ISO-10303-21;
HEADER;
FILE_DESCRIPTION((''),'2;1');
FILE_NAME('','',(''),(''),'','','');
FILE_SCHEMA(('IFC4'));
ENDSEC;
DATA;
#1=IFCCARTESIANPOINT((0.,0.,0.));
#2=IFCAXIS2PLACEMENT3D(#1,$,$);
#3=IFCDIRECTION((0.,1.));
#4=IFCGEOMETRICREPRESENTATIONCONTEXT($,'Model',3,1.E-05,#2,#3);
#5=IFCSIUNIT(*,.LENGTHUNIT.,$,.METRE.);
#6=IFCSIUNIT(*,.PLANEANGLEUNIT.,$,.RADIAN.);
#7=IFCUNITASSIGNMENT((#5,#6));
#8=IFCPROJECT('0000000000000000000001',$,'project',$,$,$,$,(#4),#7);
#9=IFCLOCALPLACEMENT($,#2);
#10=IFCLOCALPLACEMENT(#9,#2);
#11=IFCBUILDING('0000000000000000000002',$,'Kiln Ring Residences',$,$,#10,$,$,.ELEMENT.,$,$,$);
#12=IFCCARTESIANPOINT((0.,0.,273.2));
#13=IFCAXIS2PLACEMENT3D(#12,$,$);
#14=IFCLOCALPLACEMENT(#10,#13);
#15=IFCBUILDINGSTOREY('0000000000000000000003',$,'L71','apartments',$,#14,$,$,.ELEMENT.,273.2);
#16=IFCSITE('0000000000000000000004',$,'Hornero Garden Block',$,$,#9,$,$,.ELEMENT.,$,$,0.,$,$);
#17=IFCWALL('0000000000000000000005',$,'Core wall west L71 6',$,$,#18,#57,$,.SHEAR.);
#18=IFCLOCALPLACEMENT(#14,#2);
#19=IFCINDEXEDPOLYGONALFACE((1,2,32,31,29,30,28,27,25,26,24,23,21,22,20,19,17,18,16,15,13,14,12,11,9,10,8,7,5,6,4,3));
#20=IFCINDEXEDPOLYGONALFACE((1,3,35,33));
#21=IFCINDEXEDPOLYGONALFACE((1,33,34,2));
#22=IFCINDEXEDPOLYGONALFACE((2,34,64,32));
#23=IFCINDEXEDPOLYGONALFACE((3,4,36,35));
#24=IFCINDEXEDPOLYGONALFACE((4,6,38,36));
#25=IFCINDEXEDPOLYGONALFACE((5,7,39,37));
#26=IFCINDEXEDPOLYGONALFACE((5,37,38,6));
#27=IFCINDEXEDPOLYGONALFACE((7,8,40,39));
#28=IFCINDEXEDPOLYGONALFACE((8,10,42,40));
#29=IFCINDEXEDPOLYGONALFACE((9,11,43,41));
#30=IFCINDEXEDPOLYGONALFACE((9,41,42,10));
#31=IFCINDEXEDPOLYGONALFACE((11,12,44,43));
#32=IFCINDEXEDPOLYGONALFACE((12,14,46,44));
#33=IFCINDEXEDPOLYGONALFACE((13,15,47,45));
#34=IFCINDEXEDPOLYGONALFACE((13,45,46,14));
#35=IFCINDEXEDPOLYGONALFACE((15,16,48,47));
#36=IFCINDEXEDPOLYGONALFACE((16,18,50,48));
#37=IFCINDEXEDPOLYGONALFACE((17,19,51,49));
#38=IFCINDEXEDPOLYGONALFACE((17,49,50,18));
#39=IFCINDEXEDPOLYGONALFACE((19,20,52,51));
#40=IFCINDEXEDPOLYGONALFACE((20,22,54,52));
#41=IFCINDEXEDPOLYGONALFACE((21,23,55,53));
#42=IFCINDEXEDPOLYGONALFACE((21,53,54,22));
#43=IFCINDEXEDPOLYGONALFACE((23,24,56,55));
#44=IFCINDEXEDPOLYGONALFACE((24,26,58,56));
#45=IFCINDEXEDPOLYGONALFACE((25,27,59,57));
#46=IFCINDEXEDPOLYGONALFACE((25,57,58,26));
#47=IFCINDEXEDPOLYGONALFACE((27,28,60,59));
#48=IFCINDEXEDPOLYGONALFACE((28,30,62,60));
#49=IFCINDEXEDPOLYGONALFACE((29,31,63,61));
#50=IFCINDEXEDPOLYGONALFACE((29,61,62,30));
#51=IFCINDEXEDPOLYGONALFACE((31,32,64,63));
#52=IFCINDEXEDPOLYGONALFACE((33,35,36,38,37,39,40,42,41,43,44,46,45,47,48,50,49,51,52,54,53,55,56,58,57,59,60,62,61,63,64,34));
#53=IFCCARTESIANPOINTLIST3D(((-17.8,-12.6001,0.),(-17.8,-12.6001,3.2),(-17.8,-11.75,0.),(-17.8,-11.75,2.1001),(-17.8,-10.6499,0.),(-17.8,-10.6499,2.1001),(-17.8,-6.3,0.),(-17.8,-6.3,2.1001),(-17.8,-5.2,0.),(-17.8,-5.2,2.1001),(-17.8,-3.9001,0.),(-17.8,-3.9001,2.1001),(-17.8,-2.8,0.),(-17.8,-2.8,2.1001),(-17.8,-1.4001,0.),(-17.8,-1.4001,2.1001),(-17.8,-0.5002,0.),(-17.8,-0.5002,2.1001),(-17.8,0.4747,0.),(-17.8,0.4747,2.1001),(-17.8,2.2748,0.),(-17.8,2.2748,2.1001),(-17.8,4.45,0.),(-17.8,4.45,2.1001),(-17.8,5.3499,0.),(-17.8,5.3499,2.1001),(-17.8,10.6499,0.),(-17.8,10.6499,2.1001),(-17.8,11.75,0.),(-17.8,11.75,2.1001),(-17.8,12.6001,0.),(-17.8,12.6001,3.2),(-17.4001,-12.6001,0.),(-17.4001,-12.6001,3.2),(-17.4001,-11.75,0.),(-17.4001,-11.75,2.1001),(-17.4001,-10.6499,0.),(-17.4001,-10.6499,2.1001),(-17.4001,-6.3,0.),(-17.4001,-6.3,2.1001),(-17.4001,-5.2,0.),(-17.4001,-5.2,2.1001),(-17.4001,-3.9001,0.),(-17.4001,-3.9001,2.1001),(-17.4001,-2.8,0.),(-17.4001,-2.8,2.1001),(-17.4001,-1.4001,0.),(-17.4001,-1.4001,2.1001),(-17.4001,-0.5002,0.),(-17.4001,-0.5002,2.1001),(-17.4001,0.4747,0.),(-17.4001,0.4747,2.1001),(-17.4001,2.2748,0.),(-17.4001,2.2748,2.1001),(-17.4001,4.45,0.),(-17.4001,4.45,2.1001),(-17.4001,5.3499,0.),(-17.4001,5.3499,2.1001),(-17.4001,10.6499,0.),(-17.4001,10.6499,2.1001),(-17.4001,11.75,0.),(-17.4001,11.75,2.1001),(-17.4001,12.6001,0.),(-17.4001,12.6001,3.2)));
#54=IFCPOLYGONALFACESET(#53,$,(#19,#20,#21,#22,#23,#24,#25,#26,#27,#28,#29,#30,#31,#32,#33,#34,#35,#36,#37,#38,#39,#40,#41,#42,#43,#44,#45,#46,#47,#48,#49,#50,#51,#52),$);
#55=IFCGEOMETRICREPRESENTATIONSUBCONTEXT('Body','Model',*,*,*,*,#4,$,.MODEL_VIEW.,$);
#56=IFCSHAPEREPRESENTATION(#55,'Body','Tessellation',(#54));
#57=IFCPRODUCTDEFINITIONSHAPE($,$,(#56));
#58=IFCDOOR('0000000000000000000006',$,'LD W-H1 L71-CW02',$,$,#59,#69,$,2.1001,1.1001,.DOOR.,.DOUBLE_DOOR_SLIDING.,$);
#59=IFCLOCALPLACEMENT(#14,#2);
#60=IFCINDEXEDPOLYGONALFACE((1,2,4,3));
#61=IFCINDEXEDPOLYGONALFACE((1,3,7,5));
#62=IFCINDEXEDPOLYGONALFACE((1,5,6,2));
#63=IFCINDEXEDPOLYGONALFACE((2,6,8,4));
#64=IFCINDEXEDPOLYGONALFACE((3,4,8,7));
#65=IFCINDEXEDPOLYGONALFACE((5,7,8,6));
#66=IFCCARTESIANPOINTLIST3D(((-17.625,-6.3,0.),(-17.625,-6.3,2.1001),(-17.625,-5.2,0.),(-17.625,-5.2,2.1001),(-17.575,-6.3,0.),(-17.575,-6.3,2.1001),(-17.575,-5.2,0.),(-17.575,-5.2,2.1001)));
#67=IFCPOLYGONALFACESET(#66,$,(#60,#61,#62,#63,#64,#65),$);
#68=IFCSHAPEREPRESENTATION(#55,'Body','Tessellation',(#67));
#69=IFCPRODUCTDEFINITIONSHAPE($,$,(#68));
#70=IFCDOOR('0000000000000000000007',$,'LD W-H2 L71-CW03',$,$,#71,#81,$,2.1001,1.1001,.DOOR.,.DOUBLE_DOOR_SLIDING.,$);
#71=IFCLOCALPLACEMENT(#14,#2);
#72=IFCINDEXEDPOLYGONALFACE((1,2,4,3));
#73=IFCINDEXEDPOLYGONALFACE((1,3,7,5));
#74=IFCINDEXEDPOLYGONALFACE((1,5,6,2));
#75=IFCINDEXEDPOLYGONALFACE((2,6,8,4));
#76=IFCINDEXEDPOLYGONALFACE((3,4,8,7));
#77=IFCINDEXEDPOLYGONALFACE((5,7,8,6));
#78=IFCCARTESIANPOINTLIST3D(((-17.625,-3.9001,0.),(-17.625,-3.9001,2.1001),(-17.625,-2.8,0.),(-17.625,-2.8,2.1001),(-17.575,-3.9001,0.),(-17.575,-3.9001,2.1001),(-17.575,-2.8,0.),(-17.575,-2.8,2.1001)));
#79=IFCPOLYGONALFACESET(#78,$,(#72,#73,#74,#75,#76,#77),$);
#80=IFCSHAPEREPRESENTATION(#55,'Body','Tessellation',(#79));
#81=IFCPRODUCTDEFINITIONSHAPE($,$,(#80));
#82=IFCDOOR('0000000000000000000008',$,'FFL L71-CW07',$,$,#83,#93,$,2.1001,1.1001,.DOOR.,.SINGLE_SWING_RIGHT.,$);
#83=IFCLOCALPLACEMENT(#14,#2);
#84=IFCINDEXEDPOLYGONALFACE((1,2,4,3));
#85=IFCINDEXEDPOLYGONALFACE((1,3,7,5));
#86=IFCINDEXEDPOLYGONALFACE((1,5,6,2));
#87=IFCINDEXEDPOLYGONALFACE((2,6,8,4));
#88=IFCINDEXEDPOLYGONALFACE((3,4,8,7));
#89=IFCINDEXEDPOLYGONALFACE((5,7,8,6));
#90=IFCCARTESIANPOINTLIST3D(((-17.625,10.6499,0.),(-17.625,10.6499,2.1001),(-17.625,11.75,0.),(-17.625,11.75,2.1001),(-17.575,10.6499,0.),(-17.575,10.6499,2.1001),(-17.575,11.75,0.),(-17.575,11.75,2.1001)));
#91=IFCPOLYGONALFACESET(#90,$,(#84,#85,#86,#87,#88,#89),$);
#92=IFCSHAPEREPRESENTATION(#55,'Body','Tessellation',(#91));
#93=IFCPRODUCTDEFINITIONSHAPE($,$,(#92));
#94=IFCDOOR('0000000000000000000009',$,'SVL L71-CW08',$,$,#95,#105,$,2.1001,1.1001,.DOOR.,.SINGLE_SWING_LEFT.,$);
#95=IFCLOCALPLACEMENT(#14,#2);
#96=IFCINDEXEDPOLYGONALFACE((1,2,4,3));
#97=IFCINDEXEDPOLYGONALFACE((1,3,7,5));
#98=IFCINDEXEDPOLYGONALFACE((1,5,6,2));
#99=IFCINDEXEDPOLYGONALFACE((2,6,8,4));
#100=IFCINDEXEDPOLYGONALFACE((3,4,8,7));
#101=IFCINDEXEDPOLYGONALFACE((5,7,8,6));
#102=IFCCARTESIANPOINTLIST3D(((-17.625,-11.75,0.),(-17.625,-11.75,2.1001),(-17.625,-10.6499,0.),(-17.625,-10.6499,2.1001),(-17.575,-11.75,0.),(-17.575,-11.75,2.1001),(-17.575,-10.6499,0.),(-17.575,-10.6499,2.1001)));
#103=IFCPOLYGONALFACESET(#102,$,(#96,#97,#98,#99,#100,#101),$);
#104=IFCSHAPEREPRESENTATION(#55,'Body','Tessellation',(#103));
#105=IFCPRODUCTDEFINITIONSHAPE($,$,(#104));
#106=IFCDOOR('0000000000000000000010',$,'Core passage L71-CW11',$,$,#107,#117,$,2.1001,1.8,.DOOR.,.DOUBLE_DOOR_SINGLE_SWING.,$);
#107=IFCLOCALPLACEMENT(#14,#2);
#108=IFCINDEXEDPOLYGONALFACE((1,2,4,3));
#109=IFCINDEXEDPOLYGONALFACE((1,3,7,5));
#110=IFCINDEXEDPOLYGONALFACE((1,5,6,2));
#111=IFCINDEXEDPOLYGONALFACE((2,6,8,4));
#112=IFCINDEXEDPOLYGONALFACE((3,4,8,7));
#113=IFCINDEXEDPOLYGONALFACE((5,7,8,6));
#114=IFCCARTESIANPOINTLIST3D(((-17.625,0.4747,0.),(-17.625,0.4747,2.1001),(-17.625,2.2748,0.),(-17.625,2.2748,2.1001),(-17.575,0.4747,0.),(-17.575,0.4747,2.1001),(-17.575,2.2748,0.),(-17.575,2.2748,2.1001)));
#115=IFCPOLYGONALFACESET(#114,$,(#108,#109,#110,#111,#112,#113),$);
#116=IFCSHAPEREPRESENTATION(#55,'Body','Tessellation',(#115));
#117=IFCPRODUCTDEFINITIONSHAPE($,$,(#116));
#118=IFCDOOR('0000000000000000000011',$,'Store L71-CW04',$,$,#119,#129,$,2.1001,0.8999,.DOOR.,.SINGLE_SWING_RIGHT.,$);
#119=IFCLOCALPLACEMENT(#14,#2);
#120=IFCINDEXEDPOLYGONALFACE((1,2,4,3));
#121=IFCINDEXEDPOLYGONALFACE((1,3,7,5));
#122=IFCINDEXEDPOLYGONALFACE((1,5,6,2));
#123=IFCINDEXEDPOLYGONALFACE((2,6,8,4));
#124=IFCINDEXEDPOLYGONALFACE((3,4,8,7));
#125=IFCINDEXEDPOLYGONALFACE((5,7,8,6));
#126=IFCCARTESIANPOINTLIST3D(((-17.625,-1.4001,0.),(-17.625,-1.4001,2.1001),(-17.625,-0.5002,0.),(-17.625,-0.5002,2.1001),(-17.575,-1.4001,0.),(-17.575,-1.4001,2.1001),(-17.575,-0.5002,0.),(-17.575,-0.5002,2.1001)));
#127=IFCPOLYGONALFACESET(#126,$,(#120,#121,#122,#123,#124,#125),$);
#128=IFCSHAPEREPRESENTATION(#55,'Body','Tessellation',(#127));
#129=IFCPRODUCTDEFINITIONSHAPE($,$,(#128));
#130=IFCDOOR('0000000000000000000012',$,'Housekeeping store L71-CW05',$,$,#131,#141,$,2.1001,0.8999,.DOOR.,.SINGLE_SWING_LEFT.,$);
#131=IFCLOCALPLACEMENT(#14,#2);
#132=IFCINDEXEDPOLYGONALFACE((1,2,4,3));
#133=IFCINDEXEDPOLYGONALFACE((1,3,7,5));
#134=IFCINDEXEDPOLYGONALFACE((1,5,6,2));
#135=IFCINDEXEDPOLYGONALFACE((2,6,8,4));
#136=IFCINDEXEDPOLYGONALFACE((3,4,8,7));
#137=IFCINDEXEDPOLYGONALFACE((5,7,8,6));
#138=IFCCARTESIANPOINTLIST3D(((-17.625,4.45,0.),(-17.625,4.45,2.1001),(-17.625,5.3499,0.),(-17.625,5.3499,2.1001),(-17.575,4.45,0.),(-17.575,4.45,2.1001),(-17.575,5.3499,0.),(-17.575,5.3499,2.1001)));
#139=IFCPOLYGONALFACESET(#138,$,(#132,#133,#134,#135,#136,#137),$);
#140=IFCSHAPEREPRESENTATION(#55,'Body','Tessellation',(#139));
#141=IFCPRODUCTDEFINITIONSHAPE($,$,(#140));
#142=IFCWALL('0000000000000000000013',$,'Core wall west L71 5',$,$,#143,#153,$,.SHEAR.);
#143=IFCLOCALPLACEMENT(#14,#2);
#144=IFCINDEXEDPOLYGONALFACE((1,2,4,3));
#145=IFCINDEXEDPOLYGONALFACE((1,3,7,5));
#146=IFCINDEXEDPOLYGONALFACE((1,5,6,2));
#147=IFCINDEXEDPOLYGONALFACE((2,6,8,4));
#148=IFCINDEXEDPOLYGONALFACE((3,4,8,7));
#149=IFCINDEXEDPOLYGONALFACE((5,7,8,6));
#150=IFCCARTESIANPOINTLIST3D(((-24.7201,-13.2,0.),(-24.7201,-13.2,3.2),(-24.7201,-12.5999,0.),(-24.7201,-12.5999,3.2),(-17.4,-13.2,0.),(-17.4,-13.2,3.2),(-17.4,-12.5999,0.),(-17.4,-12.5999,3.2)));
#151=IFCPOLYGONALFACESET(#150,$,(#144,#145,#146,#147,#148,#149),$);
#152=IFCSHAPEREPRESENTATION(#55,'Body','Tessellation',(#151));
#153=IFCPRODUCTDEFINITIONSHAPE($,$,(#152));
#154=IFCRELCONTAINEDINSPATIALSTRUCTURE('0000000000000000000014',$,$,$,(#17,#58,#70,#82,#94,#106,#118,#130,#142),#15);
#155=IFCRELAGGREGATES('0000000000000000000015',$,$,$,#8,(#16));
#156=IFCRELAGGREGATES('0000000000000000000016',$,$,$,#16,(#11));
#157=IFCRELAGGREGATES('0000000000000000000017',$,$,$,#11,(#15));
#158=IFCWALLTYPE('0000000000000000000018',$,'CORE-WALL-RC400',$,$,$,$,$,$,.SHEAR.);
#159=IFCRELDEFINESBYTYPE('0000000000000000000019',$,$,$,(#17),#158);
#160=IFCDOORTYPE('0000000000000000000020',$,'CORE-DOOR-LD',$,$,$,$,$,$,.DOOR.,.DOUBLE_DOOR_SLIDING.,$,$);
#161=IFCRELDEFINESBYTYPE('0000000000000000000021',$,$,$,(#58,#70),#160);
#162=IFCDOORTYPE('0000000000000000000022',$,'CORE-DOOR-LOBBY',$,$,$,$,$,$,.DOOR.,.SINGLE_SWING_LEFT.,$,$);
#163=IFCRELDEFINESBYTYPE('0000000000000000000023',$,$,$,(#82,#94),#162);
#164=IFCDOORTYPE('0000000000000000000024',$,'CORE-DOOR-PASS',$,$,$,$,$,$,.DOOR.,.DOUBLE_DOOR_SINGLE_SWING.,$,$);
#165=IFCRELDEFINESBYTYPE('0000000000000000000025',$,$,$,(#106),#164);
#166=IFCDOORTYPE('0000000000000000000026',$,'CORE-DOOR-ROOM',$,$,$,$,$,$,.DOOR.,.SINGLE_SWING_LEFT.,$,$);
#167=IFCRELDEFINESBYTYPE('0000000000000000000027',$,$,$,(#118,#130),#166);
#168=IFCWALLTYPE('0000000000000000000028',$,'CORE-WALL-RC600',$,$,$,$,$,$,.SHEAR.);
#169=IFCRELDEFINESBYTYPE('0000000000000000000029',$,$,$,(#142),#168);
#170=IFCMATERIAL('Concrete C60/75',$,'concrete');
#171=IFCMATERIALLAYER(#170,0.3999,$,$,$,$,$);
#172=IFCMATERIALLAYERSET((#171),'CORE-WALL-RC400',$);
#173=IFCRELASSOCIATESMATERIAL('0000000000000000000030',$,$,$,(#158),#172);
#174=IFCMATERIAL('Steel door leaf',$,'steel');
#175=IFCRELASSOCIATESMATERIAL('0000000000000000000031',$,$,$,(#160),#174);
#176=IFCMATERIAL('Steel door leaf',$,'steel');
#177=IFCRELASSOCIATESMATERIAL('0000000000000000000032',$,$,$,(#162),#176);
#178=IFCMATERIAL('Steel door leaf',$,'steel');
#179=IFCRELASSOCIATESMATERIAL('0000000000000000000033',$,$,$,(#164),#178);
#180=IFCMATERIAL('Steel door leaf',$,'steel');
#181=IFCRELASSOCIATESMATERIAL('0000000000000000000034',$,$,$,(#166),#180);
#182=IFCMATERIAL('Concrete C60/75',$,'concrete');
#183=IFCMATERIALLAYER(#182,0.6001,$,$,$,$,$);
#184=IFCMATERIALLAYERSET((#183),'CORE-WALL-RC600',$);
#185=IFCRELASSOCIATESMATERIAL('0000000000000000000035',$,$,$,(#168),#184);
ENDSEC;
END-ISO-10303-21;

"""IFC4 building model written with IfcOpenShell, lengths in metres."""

from ifc_helpers import new_model, si_unit, direction, frame, frame_2d, origin, place, context, subcontext, project, spatial, rectangle, extrude, material, layer, layer_set, type_object, element, fill, save


model = new_model("IFC4")

# Units and contexts
model_context = context("Model", 3, precision=1e-05, world=origin(), true_north=direction((0.0, 1.0)))
body_context = subcontext(model_context, "Body", "Model", "MODEL_VIEW")
ifc_project = project(units=[si_unit("LENGTHUNIT", "METRE"), si_unit("PLANEANGLEUNIT", "RADIAN")], contexts=[model_context])

# Site, building, storey
site_placement = place(None, origin())
site = spatial("IfcSite", under=ifc_project, at=site_placement, Name="Hornero Garden Block", CompositionType="ELEMENT", RefElevation=0.0)
building_placement = place(site_placement, origin())
building = spatial("IfcBuilding", under=site, at=building_placement, Name="Kiln Ring Residences", CompositionType="ELEMENT")
storey_placement = place(building_placement, frame((0.0, 0.0, 273.2)))
storey = spatial("IfcBuildingStorey", under=building, at=storey_placement, Name="L71", Description="apartments", CompositionType="ELEMENT", Elevation=273.2)

# Wall, openings, doors
ifc_material_1 = material(Name="Concrete C60/75", Category="concrete")
ifc_layer_1 = layer(ifc_material_1, 0.3999)
ifc_layer_set_1 = layer_set([ifc_layer_1], Name="CORE-WALL-RC400")
wall_type_1 = type_object("IfcWallType", Name="CORE-WALL-RC400", PredefinedType="SHEAR", material=ifc_layer_set_1)
wall_1_placement = place(storey_placement, frame((-17.6001, -12.6001, 0.0), z_axis=(0.0, 0.0, 1.0), x_axis=(0.0, 1.0, 0.0)))
wall_1 = element("IfcWall", 1, at=wall_1_placement, inside=storey, type_object=wall_type_1, Name="Core wall west L71 6", PredefinedType="SHEAR", context=body_context, shape_type="SweptSolid", body=[
    extrude(rectangle(XDim=25.2002, YDim=0.3999, at=frame_2d((12.6001, 0.0))), origin(), (0.0, 0.0, 1.0), 3.2),
])
opening_1_placement = place(wall_1_placement, frame((6.3, 0.0, 0.0)))
opening_1 = element("IfcOpeningElement", 2, at=opening_1_placement, cuts=wall_1, PredefinedType="OPENING", context=body_context, shape_type="SweptSolid", body=[
    extrude(rectangle(XDim=1.1001, YDim=2.1001, at=frame_2d((0.55, 1.05))), frame((0.0, 0.21, 0.0), z_axis=(0.0, -1.0, 0.0), x_axis=(1.0, 0.0, 0.0)), (0.0, 0.0, 1.0), 0.4199),
])
opening_2_placement = place(wall_1_placement, frame((8.7, 0.0, 0.0)))
opening_2 = element("IfcOpeningElement", 3, at=opening_2_placement, cuts=wall_1, PredefinedType="OPENING", context=body_context, shape_type="SweptSolid", body=[
    extrude(rectangle(XDim=1.1001, YDim=2.1001, at=frame_2d((0.55, 1.05))), frame((0.0, 0.21, 0.0), z_axis=(0.0, -1.0, 0.0), x_axis=(1.0, 0.0, 0.0)), (0.0, 0.0, 1.0), 0.4199),
])
opening_3_placement = place(wall_1_placement, frame((11.2, 0.0, 0.0)))
opening_3 = element("IfcOpeningElement", 4, at=opening_3_placement, cuts=wall_1, PredefinedType="OPENING", context=body_context, shape_type="SweptSolid", body=[
    extrude(rectangle(XDim=0.8999, YDim=2.1001, at=frame_2d((0.45, 1.05))), frame((0.0, 0.21, 0.0), z_axis=(0.0, -1.0, 0.0), x_axis=(1.0, 0.0, 0.0)), (0.0, 0.0, 1.0), 0.4199),
])
opening_4_placement = place(wall_1_placement, frame((17.05, 0.0, 0.0)))
opening_4 = element("IfcOpeningElement", 5, at=opening_4_placement, cuts=wall_1, PredefinedType="OPENING", context=body_context, shape_type="SweptSolid", body=[
    extrude(rectangle(XDim=0.8999, YDim=2.1001, at=frame_2d((0.45, 1.05))), frame((0.0, 0.21, 0.0), z_axis=(0.0, -1.0, 0.0), x_axis=(1.0, 0.0, 0.0)), (0.0, 0.0, 1.0), 0.4199),
])
opening_5_placement = place(wall_1_placement, frame((23.25, 0.0, 0.0)))
opening_5 = element("IfcOpeningElement", 6, at=opening_5_placement, cuts=wall_1, PredefinedType="OPENING", context=body_context, shape_type="SweptSolid", body=[
    extrude(rectangle(XDim=1.1001, YDim=2.1001, at=frame_2d((0.55, 1.05))), frame((0.0, 0.21, 0.0), z_axis=(0.0, -1.0, 0.0), x_axis=(1.0, 0.0, 0.0)), (0.0, 0.0, 1.0), 0.4199),
])
opening_6_placement = place(wall_1_placement, frame((0.8501, 0.0, 0.0)))
opening_6 = element("IfcOpeningElement", 7, at=opening_6_placement, cuts=wall_1, PredefinedType="OPENING", context=body_context, shape_type="SweptSolid", body=[
    extrude(rectangle(XDim=1.1001, YDim=2.1001, at=frame_2d((0.55, 1.05))), frame((0.0, 0.21, 0.0), z_axis=(0.0, -1.0, 0.0), x_axis=(1.0, 0.0, 0.0)), (0.0, 0.0, 1.0), 0.4199),
])
opening_7_placement = place(wall_1_placement, frame((13.075, 0.0, 0.0)))
opening_7 = element("IfcOpeningElement", 8, at=opening_7_placement, cuts=wall_1, PredefinedType="OPENING", context=body_context, shape_type="SweptSolid", body=[
    extrude(rectangle(XDim=1.8, YDim=2.1001, at=frame_2d((0.8999, 1.05))), frame((0.0, 0.21, 0.0), z_axis=(0.0, -1.0, 0.0), x_axis=(1.0, 0.0, 0.0)), (0.0, 0.0, 1.0), 0.4199),
])
ifc_material_2 = material(Name="Steel door leaf", Category="steel")
door_type_1 = type_object("IfcDoorType", Name="CORE-DOOR-LD", OperationType="DOUBLE_DOOR_SLIDING", PredefinedType="DOOR", material=ifc_material_2)
door_1_placement = place(opening_1_placement, origin())
door_1 = element("IfcDoor", 9, at=door_1_placement, inside=storey, type_object=door_type_1, Name="LD W-H1 L71-CW02", OperationType="DOUBLE_DOOR_SLIDING", OverallHeight=2.1001, OverallWidth=1.1001, PredefinedType="DOOR", context=body_context, shape_type="SweptSolid", body=[
    extrude(rectangle(XDim=1.1001, YDim=2.1001, at=frame_2d((0.55, 1.05))), frame((0.0, 0.0249, 0.0), z_axis=(0.0, -1.0, 0.0), x_axis=(1.0, 0.0, 0.0)), (0.0, 0.0, 1.0), 0.05),
])
fill(opening_1, door_1)
door_2_placement = place(opening_2_placement, origin())
door_2 = element("IfcDoor", 10, at=door_2_placement, inside=storey, type_object=door_type_1, Name="LD W-H2 L71-CW03", OperationType="DOUBLE_DOOR_SLIDING", OverallHeight=2.1001, OverallWidth=1.1001, PredefinedType="DOOR", context=body_context, shape_type="SweptSolid", body=[
    extrude(rectangle(XDim=1.1001, YDim=2.1001, at=frame_2d((0.55, 1.05))), frame((0.0, 0.0249, 0.0), z_axis=(0.0, -1.0, 0.0), x_axis=(1.0, 0.0, 0.0)), (0.0, 0.0, 1.0), 0.05),
])
fill(opening_2, door_2)
ifc_material_3 = material(Name="Steel door leaf", Category="steel")
door_type_2 = type_object("IfcDoorType", Name="CORE-DOOR-LOBBY", OperationType="SINGLE_SWING_LEFT", PredefinedType="DOOR", material=ifc_material_3)
door_3_placement = place(opening_5_placement, origin())
door_3 = element("IfcDoor", 11, at=door_3_placement, inside=storey, type_object=door_type_2, Name="FFL L71-CW07", OperationType="SINGLE_SWING_RIGHT", OverallHeight=2.1001, OverallWidth=1.1001, PredefinedType="DOOR", context=body_context, shape_type="SweptSolid", body=[
    extrude(rectangle(XDim=1.1001, YDim=2.1001, at=frame_2d((0.55, 1.05))), frame((0.0, 0.0249, 0.0), z_axis=(0.0, -1.0, 0.0), x_axis=(1.0, 0.0, 0.0)), (0.0, 0.0, 1.0), 0.05),
])
fill(opening_5, door_3)
door_4_placement = place(opening_6_placement, origin())
door_4 = element("IfcDoor", 12, at=door_4_placement, inside=storey, type_object=door_type_2, Name="SVL L71-CW08", OperationType="SINGLE_SWING_LEFT", OverallHeight=2.1001, OverallWidth=1.1001, PredefinedType="DOOR", context=body_context, shape_type="SweptSolid", body=[
    extrude(rectangle(XDim=1.1001, YDim=2.1001, at=frame_2d((0.55, 1.05))), frame((0.0, 0.0249, 0.0), z_axis=(0.0, -1.0, 0.0), x_axis=(1.0, 0.0, 0.0)), (0.0, 0.0, 1.0), 0.05),
])
fill(opening_6, door_4)
ifc_material_4 = material(Name="Steel door leaf", Category="steel")
door_type_3 = type_object("IfcDoorType", Name="CORE-DOOR-PASS", OperationType="DOUBLE_DOOR_SINGLE_SWING", PredefinedType="DOOR", material=ifc_material_4)
door_5_placement = place(opening_7_placement, origin())
door_5 = element("IfcDoor", 13, at=door_5_placement, inside=storey, type_object=door_type_3, Name="Core passage L71-CW11", OperationType="DOUBLE_DOOR_SINGLE_SWING", OverallHeight=2.1001, OverallWidth=1.8, PredefinedType="DOOR", context=body_context, shape_type="SweptSolid", body=[
    extrude(rectangle(XDim=1.8, YDim=2.1001, at=frame_2d((0.8999, 1.05))), frame((0.0, 0.0249, 0.0), z_axis=(0.0, -1.0, 0.0), x_axis=(1.0, 0.0, 0.0)), (0.0, 0.0, 1.0), 0.05),
])
fill(opening_7, door_5)
ifc_material_5 = material(Name="Steel door leaf", Category="steel")
door_type_4 = type_object("IfcDoorType", Name="CORE-DOOR-ROOM", OperationType="SINGLE_SWING_LEFT", PredefinedType="DOOR", material=ifc_material_5)
door_6_placement = place(opening_3_placement, origin())
door_6 = element("IfcDoor", 14, at=door_6_placement, inside=storey, type_object=door_type_4, Name="Store L71-CW04", OperationType="SINGLE_SWING_RIGHT", OverallHeight=2.1001, OverallWidth=0.8999, PredefinedType="DOOR", context=body_context, shape_type="SweptSolid", body=[
    extrude(rectangle(XDim=0.8999, YDim=2.1001, at=frame_2d((0.45, 1.05))), frame((0.0, 0.0249, 0.0), z_axis=(0.0, -1.0, 0.0), x_axis=(1.0, 0.0, 0.0)), (0.0, 0.0, 1.0), 0.05),
])
fill(opening_3, door_6)
door_7_placement = place(opening_4_placement, origin())
door_7 = element("IfcDoor", 15, at=door_7_placement, inside=storey, type_object=door_type_4, Name="Housekeeping store L71-CW05", OperationType="SINGLE_SWING_LEFT", OverallHeight=2.1001, OverallWidth=0.8999, PredefinedType="DOOR", context=body_context, shape_type="SweptSolid", body=[
    extrude(rectangle(XDim=0.8999, YDim=2.1001, at=frame_2d((0.45, 1.05))), frame((0.0, 0.0249, 0.0), z_axis=(0.0, -1.0, 0.0), x_axis=(1.0, 0.0, 0.0)), (0.0, 0.0, 1.0), 0.05),
])
fill(opening_4, door_7)

# Wall
ifc_material_6 = material(Name="Concrete C60/75", Category="concrete")
ifc_layer_2 = layer(ifc_material_6, 0.6001)
ifc_layer_set_2 = layer_set([ifc_layer_2], Name="CORE-WALL-RC600")
wall_type_2 = type_object("IfcWallType", Name="CORE-WALL-RC600", PredefinedType="SHEAR", material=ifc_layer_set_2)
wall_2_placement = place(storey_placement, frame((-17.3999, -12.8999, 0.0), z_axis=(0.0, 0.0, 1.0), x_axis=(-1.0, 0.0, 0.0)))
element("IfcWall", 16, at=wall_2_placement, inside=storey, type_object=wall_type_2, Name="Core wall west L71 5", PredefinedType="SHEAR", context=body_context, shape_type="SweptSolid", body=[
    extrude(rectangle(XDim=7.3201, YDim=0.6001, at=frame_2d((3.6602, 0.0))), origin(), (0.0, 0.0, 1.0), 3.2),
])

save(model, "model.ifc")
